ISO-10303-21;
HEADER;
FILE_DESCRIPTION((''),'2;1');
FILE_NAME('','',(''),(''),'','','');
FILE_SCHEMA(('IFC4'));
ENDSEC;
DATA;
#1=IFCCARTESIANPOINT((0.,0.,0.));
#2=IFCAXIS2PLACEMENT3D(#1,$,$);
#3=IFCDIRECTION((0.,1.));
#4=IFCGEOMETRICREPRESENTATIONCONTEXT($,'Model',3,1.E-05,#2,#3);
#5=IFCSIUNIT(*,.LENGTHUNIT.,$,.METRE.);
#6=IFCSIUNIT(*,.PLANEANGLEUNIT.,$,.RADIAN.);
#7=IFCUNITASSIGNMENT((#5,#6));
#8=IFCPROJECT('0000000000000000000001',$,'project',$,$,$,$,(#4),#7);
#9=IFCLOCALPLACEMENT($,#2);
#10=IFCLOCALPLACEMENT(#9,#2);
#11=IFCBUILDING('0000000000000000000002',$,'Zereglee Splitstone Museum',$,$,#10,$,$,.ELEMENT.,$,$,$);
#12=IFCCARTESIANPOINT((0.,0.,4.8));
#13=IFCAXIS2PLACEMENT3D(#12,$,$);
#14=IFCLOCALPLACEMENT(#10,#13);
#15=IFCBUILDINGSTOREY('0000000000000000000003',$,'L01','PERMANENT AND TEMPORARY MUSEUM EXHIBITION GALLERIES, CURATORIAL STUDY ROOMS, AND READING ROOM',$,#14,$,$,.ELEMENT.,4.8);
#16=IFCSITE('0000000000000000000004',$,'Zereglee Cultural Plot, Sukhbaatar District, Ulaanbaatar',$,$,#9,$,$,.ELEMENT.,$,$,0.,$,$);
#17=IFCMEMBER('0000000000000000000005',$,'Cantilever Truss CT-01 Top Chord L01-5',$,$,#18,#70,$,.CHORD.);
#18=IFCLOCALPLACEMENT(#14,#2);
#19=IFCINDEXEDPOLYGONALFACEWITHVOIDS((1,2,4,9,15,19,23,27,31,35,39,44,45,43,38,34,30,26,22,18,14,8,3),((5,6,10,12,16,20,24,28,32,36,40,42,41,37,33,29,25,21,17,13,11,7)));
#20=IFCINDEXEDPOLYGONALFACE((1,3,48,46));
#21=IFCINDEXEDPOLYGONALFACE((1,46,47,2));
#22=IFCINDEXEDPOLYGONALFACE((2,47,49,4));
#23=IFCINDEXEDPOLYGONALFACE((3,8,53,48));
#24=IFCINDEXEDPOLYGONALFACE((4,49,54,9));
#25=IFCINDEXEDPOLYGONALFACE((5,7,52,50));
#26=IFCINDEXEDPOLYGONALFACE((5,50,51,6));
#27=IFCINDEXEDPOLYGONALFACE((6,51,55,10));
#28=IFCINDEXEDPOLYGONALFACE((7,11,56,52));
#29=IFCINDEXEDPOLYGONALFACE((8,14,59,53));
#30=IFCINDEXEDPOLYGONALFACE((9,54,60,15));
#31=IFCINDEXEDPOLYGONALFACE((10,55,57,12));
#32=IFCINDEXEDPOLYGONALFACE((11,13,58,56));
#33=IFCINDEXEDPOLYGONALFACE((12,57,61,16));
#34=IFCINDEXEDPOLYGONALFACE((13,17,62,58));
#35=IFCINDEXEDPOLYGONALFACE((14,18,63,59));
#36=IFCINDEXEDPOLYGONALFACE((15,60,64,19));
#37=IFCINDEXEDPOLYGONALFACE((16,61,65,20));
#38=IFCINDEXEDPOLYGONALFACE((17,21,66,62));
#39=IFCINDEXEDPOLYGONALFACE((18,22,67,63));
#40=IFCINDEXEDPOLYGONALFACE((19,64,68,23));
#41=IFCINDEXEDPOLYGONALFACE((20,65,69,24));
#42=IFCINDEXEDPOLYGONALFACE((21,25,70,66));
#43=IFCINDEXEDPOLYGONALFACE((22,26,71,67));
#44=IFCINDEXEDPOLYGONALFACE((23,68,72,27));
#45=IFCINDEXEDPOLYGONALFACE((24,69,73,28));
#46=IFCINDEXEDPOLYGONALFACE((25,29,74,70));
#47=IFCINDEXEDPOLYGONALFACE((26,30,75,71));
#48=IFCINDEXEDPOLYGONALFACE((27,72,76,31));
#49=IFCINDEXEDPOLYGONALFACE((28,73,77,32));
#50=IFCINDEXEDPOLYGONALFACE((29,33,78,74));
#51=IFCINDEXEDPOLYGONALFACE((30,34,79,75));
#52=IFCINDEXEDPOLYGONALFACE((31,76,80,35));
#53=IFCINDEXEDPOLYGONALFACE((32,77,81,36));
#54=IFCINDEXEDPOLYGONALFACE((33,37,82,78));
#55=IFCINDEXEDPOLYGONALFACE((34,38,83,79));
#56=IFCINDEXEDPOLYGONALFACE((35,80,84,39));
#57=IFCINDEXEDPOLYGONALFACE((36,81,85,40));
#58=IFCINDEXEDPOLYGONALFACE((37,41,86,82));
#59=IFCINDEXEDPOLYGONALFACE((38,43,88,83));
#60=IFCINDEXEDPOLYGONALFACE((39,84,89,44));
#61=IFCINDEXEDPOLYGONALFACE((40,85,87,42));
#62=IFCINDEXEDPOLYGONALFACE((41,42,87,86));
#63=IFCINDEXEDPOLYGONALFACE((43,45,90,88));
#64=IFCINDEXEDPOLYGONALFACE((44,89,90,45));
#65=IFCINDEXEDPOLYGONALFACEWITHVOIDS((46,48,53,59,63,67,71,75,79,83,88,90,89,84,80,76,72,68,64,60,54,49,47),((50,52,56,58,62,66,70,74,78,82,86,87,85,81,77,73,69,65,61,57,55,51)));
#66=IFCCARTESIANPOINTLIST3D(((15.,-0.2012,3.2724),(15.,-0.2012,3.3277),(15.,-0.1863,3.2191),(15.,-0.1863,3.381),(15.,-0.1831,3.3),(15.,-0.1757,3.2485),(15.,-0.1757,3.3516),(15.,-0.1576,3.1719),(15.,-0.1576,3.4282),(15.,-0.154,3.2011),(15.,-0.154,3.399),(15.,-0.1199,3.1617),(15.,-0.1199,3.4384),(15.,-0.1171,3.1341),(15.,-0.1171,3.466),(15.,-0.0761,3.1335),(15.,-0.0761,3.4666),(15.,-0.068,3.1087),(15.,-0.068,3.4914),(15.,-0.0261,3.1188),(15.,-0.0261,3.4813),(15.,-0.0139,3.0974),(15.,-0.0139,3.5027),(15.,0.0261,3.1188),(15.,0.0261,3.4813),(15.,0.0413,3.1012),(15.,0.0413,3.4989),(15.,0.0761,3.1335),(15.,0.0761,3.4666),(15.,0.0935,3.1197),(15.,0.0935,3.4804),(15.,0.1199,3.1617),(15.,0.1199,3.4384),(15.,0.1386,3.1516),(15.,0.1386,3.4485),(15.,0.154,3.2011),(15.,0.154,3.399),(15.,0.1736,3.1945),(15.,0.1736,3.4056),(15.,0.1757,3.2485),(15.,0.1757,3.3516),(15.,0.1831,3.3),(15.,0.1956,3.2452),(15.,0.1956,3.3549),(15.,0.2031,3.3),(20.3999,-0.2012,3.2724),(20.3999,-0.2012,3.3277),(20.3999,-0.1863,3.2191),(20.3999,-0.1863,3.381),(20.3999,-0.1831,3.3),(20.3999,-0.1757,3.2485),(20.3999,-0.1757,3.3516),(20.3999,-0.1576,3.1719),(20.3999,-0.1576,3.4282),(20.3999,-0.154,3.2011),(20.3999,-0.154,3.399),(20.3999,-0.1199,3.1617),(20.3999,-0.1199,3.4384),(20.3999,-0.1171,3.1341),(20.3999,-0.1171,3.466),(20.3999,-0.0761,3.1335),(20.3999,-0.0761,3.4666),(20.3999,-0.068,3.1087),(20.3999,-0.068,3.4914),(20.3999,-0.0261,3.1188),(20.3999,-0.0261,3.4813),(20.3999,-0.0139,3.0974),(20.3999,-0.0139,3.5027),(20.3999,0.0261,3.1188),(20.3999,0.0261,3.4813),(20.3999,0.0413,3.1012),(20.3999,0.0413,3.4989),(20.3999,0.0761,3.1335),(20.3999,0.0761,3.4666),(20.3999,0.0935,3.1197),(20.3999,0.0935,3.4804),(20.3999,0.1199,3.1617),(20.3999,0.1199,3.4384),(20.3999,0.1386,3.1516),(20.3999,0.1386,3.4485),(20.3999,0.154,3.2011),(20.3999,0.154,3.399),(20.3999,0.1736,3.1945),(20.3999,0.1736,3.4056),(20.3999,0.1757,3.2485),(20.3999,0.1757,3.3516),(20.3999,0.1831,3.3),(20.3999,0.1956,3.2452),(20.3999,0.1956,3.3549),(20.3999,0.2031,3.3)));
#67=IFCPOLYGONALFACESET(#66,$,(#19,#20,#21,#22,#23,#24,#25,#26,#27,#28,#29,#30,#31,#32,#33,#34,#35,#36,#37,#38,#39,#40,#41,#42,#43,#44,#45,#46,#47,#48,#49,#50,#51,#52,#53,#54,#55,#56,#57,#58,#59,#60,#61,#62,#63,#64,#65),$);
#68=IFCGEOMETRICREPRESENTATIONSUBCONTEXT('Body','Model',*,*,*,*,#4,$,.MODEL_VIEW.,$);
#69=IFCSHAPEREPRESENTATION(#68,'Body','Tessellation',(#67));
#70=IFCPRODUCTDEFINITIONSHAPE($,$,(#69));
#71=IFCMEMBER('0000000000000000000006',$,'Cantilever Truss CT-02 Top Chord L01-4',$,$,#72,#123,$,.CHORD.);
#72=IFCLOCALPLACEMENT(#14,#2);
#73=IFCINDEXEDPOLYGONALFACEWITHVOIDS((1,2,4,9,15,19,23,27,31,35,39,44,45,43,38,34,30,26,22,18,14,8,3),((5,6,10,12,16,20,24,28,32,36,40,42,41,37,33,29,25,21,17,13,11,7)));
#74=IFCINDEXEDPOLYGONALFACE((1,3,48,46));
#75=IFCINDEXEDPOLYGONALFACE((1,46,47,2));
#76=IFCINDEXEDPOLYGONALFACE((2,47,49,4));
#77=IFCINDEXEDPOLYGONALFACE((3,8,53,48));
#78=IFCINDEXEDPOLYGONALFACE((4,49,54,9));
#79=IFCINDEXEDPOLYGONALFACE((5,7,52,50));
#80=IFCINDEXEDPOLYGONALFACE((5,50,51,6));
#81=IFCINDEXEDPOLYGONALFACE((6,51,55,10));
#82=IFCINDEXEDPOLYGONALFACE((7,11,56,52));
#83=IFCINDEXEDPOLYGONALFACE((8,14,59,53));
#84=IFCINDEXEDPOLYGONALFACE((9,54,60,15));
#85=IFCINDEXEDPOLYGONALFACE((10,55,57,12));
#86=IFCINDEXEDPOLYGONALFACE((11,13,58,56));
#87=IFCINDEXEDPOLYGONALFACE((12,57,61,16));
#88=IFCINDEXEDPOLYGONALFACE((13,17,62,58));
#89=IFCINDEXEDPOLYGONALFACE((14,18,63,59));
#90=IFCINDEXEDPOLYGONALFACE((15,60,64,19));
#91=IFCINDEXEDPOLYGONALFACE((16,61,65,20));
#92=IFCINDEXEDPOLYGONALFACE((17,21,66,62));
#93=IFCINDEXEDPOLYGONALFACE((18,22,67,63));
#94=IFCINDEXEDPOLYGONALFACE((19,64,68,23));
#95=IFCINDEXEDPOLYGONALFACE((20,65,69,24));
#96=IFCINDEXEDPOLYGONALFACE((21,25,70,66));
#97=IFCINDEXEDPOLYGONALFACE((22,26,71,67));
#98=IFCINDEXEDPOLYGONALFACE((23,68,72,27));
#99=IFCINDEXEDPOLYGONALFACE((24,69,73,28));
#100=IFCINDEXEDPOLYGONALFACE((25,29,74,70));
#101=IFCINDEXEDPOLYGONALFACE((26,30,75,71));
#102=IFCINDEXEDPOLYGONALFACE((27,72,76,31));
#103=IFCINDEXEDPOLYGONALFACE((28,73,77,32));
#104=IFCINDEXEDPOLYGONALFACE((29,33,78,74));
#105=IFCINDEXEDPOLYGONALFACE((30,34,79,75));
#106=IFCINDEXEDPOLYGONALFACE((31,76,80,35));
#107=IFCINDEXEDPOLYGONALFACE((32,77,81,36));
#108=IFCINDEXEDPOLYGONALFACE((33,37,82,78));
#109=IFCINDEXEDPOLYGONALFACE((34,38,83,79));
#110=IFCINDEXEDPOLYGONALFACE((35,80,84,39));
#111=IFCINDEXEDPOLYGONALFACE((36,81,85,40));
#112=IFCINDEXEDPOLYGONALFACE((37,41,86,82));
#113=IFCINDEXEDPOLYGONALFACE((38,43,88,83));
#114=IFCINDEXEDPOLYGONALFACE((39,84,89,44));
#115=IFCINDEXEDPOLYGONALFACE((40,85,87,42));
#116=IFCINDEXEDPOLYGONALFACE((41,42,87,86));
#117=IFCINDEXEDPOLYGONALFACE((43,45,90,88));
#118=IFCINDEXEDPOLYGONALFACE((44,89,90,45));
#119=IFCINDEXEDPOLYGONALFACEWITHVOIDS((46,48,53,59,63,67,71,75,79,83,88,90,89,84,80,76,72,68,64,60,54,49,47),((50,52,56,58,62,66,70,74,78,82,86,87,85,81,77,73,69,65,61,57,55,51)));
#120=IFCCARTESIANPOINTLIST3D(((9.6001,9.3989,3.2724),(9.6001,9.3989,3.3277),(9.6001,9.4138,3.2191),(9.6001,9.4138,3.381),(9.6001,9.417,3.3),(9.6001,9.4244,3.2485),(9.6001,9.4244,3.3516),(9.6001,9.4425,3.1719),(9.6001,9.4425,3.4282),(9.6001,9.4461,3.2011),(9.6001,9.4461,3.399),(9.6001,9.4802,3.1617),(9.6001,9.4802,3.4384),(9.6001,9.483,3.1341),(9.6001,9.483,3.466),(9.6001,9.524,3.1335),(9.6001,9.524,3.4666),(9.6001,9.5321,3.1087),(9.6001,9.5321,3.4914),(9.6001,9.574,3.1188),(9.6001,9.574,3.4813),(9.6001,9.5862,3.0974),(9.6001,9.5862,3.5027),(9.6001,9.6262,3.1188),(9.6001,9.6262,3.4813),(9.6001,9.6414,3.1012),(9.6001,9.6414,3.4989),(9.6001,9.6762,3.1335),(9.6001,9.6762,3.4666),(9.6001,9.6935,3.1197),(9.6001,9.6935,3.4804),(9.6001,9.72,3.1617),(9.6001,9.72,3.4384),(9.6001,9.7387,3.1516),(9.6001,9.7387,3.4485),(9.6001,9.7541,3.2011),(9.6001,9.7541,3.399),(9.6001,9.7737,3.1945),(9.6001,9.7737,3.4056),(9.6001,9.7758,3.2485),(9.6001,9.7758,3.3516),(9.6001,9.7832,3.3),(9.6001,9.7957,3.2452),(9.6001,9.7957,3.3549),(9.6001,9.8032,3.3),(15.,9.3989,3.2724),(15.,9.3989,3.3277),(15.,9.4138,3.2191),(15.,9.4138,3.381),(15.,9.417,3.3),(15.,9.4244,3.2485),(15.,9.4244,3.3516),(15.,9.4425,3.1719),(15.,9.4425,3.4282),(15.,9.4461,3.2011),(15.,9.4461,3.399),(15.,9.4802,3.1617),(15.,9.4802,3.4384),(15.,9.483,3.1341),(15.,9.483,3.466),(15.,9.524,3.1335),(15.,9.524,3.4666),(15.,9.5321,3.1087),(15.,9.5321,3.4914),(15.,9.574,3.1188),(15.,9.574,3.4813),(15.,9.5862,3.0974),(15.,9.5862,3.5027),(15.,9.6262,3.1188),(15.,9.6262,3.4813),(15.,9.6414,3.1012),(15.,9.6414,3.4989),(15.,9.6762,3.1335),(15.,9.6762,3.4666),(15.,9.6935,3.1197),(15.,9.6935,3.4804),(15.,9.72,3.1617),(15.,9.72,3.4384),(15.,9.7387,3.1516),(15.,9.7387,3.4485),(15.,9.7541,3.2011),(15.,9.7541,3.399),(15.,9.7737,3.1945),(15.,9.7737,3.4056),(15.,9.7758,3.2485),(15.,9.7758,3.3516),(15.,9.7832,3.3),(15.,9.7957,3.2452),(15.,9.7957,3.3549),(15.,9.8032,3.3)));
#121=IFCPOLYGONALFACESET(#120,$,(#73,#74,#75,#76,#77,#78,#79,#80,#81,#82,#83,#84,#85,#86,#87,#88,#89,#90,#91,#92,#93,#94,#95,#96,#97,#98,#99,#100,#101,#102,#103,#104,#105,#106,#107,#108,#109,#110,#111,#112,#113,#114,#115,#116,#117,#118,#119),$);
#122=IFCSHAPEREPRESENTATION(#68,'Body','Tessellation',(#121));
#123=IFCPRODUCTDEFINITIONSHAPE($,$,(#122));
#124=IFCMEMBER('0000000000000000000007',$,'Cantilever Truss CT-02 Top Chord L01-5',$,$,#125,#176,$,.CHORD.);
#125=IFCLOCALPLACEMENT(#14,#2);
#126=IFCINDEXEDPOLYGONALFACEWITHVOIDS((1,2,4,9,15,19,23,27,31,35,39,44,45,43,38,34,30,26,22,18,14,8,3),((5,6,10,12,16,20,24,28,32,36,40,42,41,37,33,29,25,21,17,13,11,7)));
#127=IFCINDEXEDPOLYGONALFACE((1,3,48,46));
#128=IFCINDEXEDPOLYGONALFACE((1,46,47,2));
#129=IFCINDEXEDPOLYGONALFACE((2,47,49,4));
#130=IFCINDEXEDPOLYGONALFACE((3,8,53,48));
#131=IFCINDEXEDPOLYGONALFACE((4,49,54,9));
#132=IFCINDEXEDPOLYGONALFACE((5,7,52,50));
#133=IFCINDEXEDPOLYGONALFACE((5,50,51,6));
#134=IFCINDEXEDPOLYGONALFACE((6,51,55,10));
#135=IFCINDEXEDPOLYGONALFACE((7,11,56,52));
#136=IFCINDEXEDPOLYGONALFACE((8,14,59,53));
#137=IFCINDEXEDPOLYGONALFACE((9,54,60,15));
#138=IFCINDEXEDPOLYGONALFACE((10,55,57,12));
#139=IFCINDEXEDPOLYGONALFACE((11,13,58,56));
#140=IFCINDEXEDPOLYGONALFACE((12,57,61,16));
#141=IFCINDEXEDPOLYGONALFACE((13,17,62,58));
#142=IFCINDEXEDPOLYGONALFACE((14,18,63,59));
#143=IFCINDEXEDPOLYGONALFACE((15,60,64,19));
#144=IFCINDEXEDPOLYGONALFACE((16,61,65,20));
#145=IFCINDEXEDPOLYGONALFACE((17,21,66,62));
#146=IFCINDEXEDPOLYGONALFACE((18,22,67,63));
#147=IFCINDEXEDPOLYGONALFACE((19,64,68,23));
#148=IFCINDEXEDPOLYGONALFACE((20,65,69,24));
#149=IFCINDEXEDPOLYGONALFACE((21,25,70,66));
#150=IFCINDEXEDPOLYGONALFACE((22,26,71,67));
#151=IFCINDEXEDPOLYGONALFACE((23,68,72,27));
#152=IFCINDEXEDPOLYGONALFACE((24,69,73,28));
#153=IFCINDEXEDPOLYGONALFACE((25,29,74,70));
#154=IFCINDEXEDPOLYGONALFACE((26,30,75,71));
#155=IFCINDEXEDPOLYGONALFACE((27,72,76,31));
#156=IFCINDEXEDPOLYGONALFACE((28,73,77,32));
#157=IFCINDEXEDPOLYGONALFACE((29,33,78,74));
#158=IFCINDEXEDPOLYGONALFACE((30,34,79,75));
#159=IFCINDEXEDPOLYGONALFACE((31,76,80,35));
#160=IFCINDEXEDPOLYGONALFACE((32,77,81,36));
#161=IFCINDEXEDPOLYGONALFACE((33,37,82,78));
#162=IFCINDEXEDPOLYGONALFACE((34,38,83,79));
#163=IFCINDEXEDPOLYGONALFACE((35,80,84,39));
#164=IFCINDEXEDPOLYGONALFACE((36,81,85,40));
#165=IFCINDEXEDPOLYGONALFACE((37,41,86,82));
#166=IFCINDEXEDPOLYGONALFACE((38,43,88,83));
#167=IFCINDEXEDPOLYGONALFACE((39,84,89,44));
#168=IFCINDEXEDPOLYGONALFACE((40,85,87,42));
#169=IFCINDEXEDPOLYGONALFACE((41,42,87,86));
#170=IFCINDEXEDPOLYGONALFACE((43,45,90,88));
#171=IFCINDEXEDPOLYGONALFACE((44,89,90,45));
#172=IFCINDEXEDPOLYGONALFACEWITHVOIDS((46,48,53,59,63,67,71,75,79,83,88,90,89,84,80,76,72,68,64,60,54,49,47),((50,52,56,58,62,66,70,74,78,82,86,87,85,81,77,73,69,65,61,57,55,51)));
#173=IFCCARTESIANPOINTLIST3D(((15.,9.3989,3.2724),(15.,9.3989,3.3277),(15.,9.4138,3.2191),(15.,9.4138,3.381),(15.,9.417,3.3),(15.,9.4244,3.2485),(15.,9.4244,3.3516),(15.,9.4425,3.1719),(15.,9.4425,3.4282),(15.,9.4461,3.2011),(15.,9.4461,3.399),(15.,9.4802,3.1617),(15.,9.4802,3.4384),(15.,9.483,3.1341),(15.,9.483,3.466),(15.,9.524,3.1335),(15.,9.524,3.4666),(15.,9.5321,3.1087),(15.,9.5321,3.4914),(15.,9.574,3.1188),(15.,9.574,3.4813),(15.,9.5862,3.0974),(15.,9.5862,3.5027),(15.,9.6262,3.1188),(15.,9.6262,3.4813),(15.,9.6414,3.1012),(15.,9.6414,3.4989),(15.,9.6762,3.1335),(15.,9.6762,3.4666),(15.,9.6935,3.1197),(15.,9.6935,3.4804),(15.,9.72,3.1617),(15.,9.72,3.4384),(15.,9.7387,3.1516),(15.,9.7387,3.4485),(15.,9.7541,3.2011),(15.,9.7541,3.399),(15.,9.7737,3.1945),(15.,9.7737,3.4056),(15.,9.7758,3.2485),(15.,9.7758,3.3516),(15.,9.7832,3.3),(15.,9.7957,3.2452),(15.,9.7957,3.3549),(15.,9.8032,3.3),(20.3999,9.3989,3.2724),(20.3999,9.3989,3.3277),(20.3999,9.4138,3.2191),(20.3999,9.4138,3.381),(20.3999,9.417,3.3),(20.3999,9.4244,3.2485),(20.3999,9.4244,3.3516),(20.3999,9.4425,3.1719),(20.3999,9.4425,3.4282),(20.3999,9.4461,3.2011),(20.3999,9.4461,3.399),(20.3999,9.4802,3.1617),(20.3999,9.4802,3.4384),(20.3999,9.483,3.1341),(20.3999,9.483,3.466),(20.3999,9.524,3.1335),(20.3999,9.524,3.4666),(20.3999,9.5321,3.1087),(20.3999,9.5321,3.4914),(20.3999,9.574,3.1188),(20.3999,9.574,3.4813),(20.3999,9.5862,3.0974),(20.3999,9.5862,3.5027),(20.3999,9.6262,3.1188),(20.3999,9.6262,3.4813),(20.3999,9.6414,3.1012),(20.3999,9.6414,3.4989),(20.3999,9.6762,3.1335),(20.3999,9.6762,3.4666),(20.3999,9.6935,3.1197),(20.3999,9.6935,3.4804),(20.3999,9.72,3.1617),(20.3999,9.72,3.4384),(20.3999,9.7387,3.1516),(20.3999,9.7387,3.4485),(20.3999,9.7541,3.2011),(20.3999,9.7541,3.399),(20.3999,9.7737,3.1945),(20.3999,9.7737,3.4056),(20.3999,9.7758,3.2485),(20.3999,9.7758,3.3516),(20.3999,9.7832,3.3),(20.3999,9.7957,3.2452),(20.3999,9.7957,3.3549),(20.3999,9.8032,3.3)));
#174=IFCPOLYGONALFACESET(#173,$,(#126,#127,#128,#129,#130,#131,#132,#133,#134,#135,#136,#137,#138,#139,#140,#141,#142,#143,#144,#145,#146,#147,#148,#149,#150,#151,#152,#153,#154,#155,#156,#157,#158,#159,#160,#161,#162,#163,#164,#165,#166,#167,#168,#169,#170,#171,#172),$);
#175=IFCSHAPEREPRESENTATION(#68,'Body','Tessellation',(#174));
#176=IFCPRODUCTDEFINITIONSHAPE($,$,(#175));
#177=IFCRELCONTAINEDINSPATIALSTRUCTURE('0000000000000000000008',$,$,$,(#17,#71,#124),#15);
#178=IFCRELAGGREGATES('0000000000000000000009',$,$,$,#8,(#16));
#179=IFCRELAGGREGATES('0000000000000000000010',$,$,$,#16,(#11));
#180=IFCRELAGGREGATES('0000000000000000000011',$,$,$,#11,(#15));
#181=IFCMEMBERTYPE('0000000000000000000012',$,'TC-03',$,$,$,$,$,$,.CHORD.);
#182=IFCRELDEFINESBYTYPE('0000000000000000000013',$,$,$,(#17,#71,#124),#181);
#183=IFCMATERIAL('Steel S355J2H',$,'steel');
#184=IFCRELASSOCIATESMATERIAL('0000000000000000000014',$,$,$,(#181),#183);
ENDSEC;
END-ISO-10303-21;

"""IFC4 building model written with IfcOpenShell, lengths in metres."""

from ifc_helpers import new_model, si_unit, direction, frame, origin, origin_2d, place, context, subcontext, project, spatial, hollow_circle, extrude, material, material_profile, profile_set, type_object, element, save


model = new_model("IFC4")

# Units and contexts
model_context = context("Model", 3, precision=1e-05, world=origin(), true_north=direction((0.0, 1.0)))
body_context = subcontext(model_context, "Body", "Model", "MODEL_VIEW")
ifc_project = project(units=[si_unit("LENGTHUNIT", "METRE"), si_unit("PLANEANGLEUNIT", "RADIAN")], contexts=[model_context])

# Site, building, storey
site_placement = place(None, origin())
site = spatial("IfcSite", under=ifc_project, at=site_placement, Name="Zereglee Cultural Plot, Sukhbaatar District, Ulaanbaatar", CompositionType="ELEMENT", RefElevation=0.0)
building_placement = place(site_placement, origin())
building = spatial("IfcBuilding", under=site, at=building_placement, Name="Zereglee Splitstone Museum", CompositionType="ELEMENT")
storey_placement = place(building_placement, frame((0.0, 0.0, 4.8)))
storey = spatial("IfcBuildingStorey", under=building, at=storey_placement, Name="L01", Description="PERMANENT AND TEMPORARY MUSEUM EXHIBITION GALLERIES, CURATORIAL STUDY ROOMS, AND READING ROOM", CompositionType="ELEMENT", Elevation=4.8)

# Members
ifc_material_1 = material(Name="Steel S355J2H", Category="steel")
ifc_material_profile_1 = material_profile(ifc_material_1, hollow_circle(Radius=0.2031, WallThickness=0.02, at=origin_2d()), Name="CHS 406.4x20")
ifc_profile_set_1 = profile_set([ifc_material_profile_1], Name="Steel S355J2H")
member_type_1 = type_object("IfcMemberType", Name="TC-03", PredefinedType="CHORD", material=ifc_profile_set_1)
for number, where, z_axis, x_axis, name in (
    (1, (15.0, 0.0, 3.3), (1.0, 0.0, 0.0), (0.0, 1.0, 0.0), "Cantilever Truss CT-01 Top Chord L01-5"),
    (2, (9.6001, 9.6001, 3.3), (1.0, 0.0, 0.0), (0.0, 1.0, 0.0), "Cantilever Truss CT-02 Top Chord L01-4"),
    (3, (15.0, 9.6001, 3.3), (1.0, 0.0, 0.0), (0.0, 1.0, 0.0), "Cantilever Truss CT-02 Top Chord L01-5"),
):
    element("IfcMember", number, at=place(storey_placement, frame(where, z_axis=z_axis, x_axis=x_axis)), inside=storey, type_object=member_type_1, Name=name, PredefinedType="CHORD", context=body_context, shape_type="SweptSolid", body=[
        extrude(hollow_circle(Radius=0.2031, WallThickness=0.02, at=origin_2d()), origin(), (0.0, 0.0, 1.0), 5.3999),
    ])

save(model, "model.ifc")
